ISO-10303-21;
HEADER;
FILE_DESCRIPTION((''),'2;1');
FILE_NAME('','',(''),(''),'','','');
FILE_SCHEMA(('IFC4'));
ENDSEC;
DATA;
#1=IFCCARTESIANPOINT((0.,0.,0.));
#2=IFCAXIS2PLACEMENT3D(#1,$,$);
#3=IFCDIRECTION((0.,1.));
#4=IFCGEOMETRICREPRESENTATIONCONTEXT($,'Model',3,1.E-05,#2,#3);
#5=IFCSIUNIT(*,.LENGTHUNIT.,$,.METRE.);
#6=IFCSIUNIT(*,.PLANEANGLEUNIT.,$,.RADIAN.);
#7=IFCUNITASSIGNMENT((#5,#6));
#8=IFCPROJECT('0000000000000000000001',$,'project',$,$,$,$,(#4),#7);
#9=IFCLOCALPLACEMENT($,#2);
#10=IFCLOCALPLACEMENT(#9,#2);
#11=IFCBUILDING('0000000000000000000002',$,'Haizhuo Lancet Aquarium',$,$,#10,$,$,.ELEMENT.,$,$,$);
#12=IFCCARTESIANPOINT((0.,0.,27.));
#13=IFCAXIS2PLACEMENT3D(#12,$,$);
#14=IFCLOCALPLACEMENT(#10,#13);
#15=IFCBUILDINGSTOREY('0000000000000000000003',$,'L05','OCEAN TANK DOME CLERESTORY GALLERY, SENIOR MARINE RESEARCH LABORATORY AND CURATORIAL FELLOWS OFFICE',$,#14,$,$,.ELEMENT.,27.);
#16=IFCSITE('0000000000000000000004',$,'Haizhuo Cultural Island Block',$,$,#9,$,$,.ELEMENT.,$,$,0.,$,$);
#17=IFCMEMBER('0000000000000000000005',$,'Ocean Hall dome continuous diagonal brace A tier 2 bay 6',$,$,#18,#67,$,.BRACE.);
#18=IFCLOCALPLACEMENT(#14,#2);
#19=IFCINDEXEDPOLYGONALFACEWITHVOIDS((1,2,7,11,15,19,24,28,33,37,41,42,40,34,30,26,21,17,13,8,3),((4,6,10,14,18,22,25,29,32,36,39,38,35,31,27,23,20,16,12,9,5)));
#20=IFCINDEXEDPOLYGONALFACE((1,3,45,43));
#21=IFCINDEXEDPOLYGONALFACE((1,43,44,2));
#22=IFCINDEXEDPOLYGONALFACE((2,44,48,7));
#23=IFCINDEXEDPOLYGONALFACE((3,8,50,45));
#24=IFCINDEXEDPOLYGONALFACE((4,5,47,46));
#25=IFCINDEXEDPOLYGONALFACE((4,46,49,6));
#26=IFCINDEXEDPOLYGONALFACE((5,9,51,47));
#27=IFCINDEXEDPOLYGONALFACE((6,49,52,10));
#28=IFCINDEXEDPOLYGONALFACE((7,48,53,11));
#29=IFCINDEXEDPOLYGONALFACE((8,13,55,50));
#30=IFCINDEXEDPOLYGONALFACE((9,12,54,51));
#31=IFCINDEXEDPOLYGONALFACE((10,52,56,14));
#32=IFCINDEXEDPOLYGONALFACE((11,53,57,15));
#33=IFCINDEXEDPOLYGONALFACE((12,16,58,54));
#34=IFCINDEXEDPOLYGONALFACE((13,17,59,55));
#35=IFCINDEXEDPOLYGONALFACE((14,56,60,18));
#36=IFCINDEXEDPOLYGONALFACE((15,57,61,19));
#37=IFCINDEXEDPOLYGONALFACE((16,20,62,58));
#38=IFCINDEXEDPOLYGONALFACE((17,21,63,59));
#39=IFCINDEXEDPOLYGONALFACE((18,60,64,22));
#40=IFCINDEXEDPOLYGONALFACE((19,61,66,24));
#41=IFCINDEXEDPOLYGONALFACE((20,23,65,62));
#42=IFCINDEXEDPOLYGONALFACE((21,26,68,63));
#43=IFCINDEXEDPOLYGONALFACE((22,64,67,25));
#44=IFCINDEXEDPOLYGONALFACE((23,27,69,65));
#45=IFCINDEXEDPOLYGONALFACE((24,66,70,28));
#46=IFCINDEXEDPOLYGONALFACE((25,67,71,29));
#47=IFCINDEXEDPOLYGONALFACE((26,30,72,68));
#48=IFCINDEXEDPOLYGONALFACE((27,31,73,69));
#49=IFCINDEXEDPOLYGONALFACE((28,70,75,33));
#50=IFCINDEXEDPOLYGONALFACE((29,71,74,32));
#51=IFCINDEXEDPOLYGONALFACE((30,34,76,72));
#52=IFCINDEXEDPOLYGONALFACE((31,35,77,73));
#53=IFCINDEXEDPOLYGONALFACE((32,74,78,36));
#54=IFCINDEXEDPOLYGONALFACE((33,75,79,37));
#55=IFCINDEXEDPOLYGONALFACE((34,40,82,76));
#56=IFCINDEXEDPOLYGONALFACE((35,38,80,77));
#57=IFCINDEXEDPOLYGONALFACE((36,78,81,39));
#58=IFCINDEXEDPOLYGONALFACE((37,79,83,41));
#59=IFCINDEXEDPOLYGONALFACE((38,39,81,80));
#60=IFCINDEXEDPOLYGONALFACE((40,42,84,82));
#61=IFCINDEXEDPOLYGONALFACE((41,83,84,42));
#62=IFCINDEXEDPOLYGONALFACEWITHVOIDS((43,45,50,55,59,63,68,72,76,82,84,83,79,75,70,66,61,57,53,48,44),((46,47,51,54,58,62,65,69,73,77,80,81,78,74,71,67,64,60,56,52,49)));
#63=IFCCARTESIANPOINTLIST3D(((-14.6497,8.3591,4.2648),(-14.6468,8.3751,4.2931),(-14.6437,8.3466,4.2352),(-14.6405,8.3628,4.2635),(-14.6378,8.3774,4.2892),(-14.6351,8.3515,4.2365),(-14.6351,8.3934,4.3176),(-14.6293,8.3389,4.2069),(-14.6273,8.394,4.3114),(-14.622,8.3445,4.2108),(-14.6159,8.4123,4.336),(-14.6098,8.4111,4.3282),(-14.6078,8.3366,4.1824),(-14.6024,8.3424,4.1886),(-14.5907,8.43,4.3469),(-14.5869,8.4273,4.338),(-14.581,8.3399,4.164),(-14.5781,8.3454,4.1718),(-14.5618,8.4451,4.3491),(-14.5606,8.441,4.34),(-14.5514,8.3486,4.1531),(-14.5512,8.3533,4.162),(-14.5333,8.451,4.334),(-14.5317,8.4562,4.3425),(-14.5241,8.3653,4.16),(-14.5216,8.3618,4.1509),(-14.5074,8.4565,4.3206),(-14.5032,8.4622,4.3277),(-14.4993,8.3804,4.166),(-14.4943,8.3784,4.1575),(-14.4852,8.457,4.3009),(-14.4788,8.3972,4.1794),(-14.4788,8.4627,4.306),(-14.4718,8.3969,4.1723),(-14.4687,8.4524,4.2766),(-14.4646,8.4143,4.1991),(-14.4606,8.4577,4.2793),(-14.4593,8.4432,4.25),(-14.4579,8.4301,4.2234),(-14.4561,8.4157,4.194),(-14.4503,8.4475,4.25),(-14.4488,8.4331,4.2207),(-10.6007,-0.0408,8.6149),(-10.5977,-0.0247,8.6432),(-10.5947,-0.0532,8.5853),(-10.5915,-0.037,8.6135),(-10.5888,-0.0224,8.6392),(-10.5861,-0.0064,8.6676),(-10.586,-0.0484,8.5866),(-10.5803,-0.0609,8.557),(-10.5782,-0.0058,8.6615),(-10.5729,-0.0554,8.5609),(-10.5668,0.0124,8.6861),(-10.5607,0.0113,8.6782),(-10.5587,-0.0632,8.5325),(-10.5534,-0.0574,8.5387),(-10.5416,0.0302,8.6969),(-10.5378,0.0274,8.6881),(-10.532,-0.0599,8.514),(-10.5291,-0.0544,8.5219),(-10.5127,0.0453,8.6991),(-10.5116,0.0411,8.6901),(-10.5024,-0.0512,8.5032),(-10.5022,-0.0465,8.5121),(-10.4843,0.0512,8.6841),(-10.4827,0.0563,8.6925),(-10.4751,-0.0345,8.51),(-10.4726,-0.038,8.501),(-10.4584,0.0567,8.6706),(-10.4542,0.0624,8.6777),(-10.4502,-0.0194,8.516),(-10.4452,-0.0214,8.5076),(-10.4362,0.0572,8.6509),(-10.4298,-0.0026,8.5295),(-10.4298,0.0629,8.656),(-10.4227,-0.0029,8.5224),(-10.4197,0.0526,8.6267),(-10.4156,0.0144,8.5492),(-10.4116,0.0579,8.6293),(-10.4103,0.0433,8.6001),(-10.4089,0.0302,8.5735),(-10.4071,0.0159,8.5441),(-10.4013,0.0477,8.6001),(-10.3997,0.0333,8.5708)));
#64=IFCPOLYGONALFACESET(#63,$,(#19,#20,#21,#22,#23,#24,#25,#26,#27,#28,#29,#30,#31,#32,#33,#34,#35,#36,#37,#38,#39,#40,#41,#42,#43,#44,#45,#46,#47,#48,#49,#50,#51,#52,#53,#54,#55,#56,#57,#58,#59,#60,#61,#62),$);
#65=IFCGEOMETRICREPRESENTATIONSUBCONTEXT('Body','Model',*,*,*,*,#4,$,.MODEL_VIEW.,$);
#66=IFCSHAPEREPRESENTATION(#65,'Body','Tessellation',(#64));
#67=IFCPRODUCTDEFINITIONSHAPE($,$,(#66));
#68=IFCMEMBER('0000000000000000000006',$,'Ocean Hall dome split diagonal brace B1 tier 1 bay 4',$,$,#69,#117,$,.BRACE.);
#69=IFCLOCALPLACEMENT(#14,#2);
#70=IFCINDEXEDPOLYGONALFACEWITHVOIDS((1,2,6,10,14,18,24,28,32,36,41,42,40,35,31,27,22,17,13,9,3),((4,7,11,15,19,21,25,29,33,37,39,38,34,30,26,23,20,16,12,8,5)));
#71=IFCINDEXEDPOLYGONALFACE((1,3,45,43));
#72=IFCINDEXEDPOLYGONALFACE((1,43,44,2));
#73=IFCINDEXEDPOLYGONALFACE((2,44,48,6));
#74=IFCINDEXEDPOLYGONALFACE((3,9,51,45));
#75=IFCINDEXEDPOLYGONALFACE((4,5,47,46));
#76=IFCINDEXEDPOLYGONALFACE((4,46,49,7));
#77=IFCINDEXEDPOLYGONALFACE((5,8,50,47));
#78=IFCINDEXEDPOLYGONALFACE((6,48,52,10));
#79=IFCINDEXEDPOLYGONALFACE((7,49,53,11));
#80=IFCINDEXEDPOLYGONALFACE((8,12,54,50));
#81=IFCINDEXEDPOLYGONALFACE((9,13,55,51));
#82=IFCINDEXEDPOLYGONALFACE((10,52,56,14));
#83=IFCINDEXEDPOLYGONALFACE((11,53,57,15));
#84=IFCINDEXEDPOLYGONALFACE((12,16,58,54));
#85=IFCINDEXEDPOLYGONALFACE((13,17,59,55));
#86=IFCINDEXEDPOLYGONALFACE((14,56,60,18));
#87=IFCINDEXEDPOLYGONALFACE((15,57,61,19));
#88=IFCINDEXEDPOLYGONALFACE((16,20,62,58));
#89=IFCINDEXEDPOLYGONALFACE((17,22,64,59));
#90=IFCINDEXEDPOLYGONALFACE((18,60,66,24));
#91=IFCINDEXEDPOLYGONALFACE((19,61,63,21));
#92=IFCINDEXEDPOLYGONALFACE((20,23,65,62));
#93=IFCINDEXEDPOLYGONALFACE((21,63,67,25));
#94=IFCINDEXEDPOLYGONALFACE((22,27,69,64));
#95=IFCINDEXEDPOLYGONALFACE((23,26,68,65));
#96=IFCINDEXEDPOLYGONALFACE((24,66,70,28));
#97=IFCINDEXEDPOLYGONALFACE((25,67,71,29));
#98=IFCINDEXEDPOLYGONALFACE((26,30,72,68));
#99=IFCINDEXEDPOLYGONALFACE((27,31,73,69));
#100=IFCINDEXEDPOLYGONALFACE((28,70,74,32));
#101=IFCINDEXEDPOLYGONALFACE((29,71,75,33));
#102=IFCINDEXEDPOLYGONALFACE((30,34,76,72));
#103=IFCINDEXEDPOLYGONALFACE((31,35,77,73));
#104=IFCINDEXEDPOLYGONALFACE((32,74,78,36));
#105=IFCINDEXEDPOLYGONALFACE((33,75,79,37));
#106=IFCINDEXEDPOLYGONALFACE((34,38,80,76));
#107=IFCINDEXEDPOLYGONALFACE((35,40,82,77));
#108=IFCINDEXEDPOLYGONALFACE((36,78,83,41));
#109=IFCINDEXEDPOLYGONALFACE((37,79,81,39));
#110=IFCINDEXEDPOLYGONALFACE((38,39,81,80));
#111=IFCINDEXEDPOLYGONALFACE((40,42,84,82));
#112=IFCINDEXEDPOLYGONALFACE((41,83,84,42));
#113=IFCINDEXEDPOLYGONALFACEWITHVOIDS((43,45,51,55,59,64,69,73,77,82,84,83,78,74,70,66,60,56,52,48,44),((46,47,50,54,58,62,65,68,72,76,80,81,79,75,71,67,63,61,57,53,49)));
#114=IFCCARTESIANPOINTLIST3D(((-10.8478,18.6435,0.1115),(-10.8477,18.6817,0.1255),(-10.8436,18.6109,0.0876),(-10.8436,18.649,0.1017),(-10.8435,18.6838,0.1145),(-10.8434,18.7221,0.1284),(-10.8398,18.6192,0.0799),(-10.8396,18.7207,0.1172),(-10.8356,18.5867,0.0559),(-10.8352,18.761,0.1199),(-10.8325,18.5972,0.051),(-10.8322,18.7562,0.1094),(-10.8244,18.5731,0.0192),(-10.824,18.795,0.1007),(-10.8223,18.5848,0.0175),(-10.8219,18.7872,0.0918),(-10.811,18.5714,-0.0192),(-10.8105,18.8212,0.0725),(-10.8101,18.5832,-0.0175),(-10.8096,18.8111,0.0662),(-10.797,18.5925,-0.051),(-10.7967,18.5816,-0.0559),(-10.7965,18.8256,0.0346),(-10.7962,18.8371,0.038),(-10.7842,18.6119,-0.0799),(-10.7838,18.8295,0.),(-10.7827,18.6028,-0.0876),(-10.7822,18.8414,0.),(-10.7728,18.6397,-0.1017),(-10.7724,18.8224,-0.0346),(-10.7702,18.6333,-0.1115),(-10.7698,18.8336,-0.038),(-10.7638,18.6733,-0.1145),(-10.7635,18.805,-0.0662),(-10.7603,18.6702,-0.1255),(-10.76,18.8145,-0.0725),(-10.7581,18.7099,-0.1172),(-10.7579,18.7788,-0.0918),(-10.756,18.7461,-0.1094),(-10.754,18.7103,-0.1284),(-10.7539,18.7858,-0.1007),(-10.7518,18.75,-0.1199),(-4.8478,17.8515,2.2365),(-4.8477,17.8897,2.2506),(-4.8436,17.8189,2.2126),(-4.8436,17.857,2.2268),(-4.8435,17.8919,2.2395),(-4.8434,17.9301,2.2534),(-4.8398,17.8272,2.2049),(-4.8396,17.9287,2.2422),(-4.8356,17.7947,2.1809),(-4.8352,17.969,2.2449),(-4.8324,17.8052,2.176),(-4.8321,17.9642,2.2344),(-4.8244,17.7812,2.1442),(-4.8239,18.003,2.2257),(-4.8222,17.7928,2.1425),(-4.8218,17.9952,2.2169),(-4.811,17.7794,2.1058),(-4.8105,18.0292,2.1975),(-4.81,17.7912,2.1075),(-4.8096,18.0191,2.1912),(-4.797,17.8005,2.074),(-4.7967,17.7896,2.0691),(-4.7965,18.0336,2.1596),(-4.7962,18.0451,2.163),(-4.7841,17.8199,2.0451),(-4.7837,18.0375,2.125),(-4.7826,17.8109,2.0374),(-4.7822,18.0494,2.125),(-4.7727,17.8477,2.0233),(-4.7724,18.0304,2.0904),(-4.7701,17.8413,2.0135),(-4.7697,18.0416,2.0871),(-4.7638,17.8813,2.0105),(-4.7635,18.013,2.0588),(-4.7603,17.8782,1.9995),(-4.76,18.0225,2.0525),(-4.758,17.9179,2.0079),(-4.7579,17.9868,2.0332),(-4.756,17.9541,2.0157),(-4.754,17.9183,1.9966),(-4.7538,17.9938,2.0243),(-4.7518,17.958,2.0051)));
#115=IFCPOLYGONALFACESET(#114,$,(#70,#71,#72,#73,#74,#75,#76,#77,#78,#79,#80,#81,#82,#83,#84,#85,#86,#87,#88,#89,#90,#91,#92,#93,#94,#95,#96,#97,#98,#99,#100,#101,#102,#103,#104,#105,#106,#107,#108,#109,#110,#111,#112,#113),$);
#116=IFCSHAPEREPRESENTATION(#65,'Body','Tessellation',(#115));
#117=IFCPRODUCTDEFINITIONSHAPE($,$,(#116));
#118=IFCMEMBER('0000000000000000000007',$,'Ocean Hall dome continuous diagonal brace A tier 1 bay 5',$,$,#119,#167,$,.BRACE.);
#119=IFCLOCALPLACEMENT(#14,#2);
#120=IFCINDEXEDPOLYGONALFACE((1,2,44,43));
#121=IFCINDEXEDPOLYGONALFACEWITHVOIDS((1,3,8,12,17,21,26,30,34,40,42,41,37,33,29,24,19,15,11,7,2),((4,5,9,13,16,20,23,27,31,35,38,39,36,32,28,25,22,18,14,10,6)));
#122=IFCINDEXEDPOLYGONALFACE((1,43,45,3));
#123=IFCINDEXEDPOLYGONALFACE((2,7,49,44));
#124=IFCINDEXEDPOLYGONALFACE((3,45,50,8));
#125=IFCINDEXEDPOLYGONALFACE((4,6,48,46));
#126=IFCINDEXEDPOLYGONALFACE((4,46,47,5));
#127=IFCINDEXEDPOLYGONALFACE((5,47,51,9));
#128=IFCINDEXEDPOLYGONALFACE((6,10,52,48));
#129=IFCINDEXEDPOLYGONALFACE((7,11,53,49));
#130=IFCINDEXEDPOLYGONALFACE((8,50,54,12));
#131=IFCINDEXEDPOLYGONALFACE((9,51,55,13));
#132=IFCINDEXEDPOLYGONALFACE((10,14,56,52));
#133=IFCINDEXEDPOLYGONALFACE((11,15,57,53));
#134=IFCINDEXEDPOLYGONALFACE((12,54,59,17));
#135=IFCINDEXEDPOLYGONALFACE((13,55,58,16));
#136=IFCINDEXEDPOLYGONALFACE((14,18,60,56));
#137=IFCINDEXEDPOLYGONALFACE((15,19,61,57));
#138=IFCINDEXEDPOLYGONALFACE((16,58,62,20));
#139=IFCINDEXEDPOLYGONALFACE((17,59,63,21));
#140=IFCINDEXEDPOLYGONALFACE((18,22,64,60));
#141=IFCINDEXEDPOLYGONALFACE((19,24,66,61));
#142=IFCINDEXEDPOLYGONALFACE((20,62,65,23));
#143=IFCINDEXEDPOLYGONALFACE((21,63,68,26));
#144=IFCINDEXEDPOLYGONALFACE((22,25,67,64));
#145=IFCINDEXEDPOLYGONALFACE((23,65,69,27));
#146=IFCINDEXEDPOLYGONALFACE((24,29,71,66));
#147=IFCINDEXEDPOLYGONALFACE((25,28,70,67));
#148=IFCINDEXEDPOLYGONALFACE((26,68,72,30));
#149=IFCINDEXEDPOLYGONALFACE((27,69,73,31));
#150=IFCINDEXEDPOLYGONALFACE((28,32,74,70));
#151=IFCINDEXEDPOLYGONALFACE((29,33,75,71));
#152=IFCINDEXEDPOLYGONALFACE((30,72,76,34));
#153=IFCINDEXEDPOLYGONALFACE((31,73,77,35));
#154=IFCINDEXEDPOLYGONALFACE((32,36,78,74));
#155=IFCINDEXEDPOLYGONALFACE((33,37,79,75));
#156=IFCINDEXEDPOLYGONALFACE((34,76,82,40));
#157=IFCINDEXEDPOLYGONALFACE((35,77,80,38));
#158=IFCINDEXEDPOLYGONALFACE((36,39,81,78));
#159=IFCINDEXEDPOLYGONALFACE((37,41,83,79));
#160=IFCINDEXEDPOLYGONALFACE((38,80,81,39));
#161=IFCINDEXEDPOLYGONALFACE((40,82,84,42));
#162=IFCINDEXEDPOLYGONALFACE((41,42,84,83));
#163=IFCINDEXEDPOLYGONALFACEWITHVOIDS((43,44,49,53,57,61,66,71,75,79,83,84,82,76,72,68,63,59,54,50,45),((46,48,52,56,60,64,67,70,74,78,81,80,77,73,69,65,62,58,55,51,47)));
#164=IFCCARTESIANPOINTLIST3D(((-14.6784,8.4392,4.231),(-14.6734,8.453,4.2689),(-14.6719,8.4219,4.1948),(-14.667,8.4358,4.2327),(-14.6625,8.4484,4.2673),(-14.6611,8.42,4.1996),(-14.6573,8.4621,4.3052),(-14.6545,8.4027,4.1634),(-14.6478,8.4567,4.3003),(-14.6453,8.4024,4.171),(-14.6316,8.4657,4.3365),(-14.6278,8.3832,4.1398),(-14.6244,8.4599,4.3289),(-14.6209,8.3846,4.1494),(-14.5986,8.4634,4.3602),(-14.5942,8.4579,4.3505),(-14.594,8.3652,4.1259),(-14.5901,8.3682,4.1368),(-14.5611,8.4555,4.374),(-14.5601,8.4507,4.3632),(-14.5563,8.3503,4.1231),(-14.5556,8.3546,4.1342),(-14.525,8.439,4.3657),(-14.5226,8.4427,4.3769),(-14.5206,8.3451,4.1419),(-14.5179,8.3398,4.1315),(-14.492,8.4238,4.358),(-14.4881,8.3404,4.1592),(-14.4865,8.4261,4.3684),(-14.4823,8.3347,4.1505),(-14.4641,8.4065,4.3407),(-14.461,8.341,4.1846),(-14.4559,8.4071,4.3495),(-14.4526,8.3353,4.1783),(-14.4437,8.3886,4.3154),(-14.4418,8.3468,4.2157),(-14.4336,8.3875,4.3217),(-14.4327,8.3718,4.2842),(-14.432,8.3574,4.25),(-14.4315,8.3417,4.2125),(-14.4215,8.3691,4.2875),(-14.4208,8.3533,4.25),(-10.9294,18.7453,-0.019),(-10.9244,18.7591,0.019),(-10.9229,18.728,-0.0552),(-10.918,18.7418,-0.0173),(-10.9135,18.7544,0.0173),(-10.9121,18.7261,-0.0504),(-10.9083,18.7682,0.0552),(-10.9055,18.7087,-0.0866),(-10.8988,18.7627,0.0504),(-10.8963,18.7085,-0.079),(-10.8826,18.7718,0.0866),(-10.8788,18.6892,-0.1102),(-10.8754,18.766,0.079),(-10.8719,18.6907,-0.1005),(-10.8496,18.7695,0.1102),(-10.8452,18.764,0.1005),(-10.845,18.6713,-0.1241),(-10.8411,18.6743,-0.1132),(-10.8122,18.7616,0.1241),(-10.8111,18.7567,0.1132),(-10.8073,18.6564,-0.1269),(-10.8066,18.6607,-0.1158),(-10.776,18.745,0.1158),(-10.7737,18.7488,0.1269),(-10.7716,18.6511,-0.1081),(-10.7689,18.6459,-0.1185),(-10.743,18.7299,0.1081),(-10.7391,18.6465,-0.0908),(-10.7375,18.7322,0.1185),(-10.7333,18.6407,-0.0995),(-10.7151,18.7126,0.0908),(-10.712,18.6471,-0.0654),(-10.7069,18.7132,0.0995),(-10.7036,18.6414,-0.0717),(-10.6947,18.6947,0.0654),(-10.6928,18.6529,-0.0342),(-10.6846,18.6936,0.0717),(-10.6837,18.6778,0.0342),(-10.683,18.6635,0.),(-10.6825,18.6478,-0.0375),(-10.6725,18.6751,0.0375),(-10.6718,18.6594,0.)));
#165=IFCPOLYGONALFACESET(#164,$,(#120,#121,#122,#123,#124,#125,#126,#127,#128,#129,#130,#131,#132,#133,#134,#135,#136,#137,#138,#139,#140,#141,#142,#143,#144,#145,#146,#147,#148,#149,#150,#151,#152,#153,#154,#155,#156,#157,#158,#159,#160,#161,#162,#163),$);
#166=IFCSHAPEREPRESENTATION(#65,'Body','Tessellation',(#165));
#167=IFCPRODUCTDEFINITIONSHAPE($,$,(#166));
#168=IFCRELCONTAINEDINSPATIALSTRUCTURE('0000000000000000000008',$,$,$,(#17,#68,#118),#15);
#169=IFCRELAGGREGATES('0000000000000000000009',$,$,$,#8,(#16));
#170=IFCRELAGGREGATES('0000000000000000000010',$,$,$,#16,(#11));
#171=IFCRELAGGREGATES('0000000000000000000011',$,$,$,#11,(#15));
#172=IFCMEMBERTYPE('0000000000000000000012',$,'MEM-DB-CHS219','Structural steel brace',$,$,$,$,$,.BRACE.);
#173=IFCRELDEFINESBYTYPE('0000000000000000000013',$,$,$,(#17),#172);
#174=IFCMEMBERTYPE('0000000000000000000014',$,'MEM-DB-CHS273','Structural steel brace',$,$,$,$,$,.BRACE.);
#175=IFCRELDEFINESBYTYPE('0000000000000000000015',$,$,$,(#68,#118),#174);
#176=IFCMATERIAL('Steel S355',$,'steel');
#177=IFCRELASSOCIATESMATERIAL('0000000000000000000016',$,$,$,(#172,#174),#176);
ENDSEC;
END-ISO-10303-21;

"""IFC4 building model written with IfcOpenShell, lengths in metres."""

from ifc_helpers import new_model, si_unit, direction, frame, origin, origin_2d, place, context, subcontext, project, spatial, hollow_circle, extrude, material, material_profile, profile_set, type_object, element, save


model = new_model("IFC4")

# Units and contexts
model_context = context("Model", 3, precision=1e-05, world=origin(), true_north=direction((0.0, 1.0)))
body_context = subcontext(model_context, "Body", "Model", "MODEL_VIEW")
ifc_project = project(units=[si_unit("LENGTHUNIT", "METRE"), si_unit("PLANEANGLEUNIT", "RADIAN")], contexts=[model_context])

# Site, building, storey
site_placement = place(None, origin())
site = spatial("IfcSite", under=ifc_project, at=site_placement, Name="Haizhuo Cultural Island Block", CompositionType="ELEMENT", RefElevation=0.0)
building_placement = place(site_placement, origin())
building = spatial("IfcBuilding", under=site, at=building_placement, Name="Haizhuo Lancet Aquarium", CompositionType="ELEMENT")
storey_placement = place(building_placement, frame((0.0, 0.0, 27.0)))
storey = spatial("IfcBuildingStorey", under=building, at=storey_placement, Name="L05", Description="OCEAN TANK DOME CLERESTORY GALLERY, SENIOR MARINE RESEARCH LABORATORY AND CURATORIAL FELLOWS OFFICE", CompositionType="ELEMENT", Elevation=27.0)

# Members
ifc_material_1 = material(Name="Steel S355", Category="steel")
ifc_material_profile_1 = material_profile(ifc_material_1, hollow_circle(Radius=0.1096, WallThickness=0.01, at=origin_2d()), Name="CHS 219x10")
ifc_profile_set_1 = profile_set([ifc_material_profile_1], Name="Steel S355")
member_type_1 = type_object("IfcMemberType", Name="MEM-DB-CHS219", Description="Structural steel brace", PredefinedType="BRACE", material=ifc_profile_set_1)
member_1_placement = place(storey_placement, frame((-14.5491, 8.3999, 4.25), z_axis=(0.39351, -0.816346, 0.422765), x_axis=(0.900806, 0.434223, 0.0)))
element("IfcMember", 1, at=member_1_placement, inside=storey, type_object=member_type_1, Name="Ocean Hall dome continuous diagonal brace A tier 2 bay 6", PredefinedType="BRACE", context=body_context, shape_type="SweptSolid", body=[
    extrude(hollow_circle(Radius=0.1096, WallThickness=0.01, at=origin_2d()), origin(), (0.0, 0.0, 1.0), 10.2896),
])
ifc_material_profile_2 = material_profile(ifc_material_1, hollow_circle(Radius=0.1365, WallThickness=0.012, at=origin_2d()), Name="CHS 273x12")
ifc_profile_set_2 = profile_set([ifc_material_profile_2], Name="Steel S355")
member_type_2 = type_object("IfcMemberType", Name="MEM-DB-CHS273", Description="Structural steel brace", PredefinedType="BRACE", material=ifc_profile_set_2)
member_2_placement = place(storey_placement, frame((-10.8, 18.7061, 0.0), z_axis=(0.935414, -0.123473, 0.331293), x_axis=(0.130864, 0.9914, 0.0)))
element("IfcMember", 2, at=member_2_placement, inside=storey, type_object=member_type_2, Name="Ocean Hall dome split diagonal brace B1 tier 1 bay 4", PredefinedType="BRACE", context=body_context, shape_type="SweptSolid", body=[
    extrude(hollow_circle(Radius=0.1365, WallThickness=0.012, at=origin_2d()), origin(), (0.0, 0.0, 1.0), 6.4143),
])
member_3_placement = place(storey_placement, frame((-10.8, 18.7061, 0.0), z_axis=(-0.318752, -0.876257, 0.361346), x_axis=(0.939754, -0.34185, 0.0)))
element("IfcMember", 3, at=member_3_placement, inside=storey, type_object=member_type_2, Name="Ocean Hall dome continuous diagonal brace A tier 1 bay 5", PredefinedType="BRACE", context=body_context, shape_type="SweptSolid", body=[
    extrude(hollow_circle(Radius=0.1365, WallThickness=0.012, at=origin_2d()), origin(), (0.0, 0.0, 1.0), 11.7615),
])

save(model, "model.ifc")
